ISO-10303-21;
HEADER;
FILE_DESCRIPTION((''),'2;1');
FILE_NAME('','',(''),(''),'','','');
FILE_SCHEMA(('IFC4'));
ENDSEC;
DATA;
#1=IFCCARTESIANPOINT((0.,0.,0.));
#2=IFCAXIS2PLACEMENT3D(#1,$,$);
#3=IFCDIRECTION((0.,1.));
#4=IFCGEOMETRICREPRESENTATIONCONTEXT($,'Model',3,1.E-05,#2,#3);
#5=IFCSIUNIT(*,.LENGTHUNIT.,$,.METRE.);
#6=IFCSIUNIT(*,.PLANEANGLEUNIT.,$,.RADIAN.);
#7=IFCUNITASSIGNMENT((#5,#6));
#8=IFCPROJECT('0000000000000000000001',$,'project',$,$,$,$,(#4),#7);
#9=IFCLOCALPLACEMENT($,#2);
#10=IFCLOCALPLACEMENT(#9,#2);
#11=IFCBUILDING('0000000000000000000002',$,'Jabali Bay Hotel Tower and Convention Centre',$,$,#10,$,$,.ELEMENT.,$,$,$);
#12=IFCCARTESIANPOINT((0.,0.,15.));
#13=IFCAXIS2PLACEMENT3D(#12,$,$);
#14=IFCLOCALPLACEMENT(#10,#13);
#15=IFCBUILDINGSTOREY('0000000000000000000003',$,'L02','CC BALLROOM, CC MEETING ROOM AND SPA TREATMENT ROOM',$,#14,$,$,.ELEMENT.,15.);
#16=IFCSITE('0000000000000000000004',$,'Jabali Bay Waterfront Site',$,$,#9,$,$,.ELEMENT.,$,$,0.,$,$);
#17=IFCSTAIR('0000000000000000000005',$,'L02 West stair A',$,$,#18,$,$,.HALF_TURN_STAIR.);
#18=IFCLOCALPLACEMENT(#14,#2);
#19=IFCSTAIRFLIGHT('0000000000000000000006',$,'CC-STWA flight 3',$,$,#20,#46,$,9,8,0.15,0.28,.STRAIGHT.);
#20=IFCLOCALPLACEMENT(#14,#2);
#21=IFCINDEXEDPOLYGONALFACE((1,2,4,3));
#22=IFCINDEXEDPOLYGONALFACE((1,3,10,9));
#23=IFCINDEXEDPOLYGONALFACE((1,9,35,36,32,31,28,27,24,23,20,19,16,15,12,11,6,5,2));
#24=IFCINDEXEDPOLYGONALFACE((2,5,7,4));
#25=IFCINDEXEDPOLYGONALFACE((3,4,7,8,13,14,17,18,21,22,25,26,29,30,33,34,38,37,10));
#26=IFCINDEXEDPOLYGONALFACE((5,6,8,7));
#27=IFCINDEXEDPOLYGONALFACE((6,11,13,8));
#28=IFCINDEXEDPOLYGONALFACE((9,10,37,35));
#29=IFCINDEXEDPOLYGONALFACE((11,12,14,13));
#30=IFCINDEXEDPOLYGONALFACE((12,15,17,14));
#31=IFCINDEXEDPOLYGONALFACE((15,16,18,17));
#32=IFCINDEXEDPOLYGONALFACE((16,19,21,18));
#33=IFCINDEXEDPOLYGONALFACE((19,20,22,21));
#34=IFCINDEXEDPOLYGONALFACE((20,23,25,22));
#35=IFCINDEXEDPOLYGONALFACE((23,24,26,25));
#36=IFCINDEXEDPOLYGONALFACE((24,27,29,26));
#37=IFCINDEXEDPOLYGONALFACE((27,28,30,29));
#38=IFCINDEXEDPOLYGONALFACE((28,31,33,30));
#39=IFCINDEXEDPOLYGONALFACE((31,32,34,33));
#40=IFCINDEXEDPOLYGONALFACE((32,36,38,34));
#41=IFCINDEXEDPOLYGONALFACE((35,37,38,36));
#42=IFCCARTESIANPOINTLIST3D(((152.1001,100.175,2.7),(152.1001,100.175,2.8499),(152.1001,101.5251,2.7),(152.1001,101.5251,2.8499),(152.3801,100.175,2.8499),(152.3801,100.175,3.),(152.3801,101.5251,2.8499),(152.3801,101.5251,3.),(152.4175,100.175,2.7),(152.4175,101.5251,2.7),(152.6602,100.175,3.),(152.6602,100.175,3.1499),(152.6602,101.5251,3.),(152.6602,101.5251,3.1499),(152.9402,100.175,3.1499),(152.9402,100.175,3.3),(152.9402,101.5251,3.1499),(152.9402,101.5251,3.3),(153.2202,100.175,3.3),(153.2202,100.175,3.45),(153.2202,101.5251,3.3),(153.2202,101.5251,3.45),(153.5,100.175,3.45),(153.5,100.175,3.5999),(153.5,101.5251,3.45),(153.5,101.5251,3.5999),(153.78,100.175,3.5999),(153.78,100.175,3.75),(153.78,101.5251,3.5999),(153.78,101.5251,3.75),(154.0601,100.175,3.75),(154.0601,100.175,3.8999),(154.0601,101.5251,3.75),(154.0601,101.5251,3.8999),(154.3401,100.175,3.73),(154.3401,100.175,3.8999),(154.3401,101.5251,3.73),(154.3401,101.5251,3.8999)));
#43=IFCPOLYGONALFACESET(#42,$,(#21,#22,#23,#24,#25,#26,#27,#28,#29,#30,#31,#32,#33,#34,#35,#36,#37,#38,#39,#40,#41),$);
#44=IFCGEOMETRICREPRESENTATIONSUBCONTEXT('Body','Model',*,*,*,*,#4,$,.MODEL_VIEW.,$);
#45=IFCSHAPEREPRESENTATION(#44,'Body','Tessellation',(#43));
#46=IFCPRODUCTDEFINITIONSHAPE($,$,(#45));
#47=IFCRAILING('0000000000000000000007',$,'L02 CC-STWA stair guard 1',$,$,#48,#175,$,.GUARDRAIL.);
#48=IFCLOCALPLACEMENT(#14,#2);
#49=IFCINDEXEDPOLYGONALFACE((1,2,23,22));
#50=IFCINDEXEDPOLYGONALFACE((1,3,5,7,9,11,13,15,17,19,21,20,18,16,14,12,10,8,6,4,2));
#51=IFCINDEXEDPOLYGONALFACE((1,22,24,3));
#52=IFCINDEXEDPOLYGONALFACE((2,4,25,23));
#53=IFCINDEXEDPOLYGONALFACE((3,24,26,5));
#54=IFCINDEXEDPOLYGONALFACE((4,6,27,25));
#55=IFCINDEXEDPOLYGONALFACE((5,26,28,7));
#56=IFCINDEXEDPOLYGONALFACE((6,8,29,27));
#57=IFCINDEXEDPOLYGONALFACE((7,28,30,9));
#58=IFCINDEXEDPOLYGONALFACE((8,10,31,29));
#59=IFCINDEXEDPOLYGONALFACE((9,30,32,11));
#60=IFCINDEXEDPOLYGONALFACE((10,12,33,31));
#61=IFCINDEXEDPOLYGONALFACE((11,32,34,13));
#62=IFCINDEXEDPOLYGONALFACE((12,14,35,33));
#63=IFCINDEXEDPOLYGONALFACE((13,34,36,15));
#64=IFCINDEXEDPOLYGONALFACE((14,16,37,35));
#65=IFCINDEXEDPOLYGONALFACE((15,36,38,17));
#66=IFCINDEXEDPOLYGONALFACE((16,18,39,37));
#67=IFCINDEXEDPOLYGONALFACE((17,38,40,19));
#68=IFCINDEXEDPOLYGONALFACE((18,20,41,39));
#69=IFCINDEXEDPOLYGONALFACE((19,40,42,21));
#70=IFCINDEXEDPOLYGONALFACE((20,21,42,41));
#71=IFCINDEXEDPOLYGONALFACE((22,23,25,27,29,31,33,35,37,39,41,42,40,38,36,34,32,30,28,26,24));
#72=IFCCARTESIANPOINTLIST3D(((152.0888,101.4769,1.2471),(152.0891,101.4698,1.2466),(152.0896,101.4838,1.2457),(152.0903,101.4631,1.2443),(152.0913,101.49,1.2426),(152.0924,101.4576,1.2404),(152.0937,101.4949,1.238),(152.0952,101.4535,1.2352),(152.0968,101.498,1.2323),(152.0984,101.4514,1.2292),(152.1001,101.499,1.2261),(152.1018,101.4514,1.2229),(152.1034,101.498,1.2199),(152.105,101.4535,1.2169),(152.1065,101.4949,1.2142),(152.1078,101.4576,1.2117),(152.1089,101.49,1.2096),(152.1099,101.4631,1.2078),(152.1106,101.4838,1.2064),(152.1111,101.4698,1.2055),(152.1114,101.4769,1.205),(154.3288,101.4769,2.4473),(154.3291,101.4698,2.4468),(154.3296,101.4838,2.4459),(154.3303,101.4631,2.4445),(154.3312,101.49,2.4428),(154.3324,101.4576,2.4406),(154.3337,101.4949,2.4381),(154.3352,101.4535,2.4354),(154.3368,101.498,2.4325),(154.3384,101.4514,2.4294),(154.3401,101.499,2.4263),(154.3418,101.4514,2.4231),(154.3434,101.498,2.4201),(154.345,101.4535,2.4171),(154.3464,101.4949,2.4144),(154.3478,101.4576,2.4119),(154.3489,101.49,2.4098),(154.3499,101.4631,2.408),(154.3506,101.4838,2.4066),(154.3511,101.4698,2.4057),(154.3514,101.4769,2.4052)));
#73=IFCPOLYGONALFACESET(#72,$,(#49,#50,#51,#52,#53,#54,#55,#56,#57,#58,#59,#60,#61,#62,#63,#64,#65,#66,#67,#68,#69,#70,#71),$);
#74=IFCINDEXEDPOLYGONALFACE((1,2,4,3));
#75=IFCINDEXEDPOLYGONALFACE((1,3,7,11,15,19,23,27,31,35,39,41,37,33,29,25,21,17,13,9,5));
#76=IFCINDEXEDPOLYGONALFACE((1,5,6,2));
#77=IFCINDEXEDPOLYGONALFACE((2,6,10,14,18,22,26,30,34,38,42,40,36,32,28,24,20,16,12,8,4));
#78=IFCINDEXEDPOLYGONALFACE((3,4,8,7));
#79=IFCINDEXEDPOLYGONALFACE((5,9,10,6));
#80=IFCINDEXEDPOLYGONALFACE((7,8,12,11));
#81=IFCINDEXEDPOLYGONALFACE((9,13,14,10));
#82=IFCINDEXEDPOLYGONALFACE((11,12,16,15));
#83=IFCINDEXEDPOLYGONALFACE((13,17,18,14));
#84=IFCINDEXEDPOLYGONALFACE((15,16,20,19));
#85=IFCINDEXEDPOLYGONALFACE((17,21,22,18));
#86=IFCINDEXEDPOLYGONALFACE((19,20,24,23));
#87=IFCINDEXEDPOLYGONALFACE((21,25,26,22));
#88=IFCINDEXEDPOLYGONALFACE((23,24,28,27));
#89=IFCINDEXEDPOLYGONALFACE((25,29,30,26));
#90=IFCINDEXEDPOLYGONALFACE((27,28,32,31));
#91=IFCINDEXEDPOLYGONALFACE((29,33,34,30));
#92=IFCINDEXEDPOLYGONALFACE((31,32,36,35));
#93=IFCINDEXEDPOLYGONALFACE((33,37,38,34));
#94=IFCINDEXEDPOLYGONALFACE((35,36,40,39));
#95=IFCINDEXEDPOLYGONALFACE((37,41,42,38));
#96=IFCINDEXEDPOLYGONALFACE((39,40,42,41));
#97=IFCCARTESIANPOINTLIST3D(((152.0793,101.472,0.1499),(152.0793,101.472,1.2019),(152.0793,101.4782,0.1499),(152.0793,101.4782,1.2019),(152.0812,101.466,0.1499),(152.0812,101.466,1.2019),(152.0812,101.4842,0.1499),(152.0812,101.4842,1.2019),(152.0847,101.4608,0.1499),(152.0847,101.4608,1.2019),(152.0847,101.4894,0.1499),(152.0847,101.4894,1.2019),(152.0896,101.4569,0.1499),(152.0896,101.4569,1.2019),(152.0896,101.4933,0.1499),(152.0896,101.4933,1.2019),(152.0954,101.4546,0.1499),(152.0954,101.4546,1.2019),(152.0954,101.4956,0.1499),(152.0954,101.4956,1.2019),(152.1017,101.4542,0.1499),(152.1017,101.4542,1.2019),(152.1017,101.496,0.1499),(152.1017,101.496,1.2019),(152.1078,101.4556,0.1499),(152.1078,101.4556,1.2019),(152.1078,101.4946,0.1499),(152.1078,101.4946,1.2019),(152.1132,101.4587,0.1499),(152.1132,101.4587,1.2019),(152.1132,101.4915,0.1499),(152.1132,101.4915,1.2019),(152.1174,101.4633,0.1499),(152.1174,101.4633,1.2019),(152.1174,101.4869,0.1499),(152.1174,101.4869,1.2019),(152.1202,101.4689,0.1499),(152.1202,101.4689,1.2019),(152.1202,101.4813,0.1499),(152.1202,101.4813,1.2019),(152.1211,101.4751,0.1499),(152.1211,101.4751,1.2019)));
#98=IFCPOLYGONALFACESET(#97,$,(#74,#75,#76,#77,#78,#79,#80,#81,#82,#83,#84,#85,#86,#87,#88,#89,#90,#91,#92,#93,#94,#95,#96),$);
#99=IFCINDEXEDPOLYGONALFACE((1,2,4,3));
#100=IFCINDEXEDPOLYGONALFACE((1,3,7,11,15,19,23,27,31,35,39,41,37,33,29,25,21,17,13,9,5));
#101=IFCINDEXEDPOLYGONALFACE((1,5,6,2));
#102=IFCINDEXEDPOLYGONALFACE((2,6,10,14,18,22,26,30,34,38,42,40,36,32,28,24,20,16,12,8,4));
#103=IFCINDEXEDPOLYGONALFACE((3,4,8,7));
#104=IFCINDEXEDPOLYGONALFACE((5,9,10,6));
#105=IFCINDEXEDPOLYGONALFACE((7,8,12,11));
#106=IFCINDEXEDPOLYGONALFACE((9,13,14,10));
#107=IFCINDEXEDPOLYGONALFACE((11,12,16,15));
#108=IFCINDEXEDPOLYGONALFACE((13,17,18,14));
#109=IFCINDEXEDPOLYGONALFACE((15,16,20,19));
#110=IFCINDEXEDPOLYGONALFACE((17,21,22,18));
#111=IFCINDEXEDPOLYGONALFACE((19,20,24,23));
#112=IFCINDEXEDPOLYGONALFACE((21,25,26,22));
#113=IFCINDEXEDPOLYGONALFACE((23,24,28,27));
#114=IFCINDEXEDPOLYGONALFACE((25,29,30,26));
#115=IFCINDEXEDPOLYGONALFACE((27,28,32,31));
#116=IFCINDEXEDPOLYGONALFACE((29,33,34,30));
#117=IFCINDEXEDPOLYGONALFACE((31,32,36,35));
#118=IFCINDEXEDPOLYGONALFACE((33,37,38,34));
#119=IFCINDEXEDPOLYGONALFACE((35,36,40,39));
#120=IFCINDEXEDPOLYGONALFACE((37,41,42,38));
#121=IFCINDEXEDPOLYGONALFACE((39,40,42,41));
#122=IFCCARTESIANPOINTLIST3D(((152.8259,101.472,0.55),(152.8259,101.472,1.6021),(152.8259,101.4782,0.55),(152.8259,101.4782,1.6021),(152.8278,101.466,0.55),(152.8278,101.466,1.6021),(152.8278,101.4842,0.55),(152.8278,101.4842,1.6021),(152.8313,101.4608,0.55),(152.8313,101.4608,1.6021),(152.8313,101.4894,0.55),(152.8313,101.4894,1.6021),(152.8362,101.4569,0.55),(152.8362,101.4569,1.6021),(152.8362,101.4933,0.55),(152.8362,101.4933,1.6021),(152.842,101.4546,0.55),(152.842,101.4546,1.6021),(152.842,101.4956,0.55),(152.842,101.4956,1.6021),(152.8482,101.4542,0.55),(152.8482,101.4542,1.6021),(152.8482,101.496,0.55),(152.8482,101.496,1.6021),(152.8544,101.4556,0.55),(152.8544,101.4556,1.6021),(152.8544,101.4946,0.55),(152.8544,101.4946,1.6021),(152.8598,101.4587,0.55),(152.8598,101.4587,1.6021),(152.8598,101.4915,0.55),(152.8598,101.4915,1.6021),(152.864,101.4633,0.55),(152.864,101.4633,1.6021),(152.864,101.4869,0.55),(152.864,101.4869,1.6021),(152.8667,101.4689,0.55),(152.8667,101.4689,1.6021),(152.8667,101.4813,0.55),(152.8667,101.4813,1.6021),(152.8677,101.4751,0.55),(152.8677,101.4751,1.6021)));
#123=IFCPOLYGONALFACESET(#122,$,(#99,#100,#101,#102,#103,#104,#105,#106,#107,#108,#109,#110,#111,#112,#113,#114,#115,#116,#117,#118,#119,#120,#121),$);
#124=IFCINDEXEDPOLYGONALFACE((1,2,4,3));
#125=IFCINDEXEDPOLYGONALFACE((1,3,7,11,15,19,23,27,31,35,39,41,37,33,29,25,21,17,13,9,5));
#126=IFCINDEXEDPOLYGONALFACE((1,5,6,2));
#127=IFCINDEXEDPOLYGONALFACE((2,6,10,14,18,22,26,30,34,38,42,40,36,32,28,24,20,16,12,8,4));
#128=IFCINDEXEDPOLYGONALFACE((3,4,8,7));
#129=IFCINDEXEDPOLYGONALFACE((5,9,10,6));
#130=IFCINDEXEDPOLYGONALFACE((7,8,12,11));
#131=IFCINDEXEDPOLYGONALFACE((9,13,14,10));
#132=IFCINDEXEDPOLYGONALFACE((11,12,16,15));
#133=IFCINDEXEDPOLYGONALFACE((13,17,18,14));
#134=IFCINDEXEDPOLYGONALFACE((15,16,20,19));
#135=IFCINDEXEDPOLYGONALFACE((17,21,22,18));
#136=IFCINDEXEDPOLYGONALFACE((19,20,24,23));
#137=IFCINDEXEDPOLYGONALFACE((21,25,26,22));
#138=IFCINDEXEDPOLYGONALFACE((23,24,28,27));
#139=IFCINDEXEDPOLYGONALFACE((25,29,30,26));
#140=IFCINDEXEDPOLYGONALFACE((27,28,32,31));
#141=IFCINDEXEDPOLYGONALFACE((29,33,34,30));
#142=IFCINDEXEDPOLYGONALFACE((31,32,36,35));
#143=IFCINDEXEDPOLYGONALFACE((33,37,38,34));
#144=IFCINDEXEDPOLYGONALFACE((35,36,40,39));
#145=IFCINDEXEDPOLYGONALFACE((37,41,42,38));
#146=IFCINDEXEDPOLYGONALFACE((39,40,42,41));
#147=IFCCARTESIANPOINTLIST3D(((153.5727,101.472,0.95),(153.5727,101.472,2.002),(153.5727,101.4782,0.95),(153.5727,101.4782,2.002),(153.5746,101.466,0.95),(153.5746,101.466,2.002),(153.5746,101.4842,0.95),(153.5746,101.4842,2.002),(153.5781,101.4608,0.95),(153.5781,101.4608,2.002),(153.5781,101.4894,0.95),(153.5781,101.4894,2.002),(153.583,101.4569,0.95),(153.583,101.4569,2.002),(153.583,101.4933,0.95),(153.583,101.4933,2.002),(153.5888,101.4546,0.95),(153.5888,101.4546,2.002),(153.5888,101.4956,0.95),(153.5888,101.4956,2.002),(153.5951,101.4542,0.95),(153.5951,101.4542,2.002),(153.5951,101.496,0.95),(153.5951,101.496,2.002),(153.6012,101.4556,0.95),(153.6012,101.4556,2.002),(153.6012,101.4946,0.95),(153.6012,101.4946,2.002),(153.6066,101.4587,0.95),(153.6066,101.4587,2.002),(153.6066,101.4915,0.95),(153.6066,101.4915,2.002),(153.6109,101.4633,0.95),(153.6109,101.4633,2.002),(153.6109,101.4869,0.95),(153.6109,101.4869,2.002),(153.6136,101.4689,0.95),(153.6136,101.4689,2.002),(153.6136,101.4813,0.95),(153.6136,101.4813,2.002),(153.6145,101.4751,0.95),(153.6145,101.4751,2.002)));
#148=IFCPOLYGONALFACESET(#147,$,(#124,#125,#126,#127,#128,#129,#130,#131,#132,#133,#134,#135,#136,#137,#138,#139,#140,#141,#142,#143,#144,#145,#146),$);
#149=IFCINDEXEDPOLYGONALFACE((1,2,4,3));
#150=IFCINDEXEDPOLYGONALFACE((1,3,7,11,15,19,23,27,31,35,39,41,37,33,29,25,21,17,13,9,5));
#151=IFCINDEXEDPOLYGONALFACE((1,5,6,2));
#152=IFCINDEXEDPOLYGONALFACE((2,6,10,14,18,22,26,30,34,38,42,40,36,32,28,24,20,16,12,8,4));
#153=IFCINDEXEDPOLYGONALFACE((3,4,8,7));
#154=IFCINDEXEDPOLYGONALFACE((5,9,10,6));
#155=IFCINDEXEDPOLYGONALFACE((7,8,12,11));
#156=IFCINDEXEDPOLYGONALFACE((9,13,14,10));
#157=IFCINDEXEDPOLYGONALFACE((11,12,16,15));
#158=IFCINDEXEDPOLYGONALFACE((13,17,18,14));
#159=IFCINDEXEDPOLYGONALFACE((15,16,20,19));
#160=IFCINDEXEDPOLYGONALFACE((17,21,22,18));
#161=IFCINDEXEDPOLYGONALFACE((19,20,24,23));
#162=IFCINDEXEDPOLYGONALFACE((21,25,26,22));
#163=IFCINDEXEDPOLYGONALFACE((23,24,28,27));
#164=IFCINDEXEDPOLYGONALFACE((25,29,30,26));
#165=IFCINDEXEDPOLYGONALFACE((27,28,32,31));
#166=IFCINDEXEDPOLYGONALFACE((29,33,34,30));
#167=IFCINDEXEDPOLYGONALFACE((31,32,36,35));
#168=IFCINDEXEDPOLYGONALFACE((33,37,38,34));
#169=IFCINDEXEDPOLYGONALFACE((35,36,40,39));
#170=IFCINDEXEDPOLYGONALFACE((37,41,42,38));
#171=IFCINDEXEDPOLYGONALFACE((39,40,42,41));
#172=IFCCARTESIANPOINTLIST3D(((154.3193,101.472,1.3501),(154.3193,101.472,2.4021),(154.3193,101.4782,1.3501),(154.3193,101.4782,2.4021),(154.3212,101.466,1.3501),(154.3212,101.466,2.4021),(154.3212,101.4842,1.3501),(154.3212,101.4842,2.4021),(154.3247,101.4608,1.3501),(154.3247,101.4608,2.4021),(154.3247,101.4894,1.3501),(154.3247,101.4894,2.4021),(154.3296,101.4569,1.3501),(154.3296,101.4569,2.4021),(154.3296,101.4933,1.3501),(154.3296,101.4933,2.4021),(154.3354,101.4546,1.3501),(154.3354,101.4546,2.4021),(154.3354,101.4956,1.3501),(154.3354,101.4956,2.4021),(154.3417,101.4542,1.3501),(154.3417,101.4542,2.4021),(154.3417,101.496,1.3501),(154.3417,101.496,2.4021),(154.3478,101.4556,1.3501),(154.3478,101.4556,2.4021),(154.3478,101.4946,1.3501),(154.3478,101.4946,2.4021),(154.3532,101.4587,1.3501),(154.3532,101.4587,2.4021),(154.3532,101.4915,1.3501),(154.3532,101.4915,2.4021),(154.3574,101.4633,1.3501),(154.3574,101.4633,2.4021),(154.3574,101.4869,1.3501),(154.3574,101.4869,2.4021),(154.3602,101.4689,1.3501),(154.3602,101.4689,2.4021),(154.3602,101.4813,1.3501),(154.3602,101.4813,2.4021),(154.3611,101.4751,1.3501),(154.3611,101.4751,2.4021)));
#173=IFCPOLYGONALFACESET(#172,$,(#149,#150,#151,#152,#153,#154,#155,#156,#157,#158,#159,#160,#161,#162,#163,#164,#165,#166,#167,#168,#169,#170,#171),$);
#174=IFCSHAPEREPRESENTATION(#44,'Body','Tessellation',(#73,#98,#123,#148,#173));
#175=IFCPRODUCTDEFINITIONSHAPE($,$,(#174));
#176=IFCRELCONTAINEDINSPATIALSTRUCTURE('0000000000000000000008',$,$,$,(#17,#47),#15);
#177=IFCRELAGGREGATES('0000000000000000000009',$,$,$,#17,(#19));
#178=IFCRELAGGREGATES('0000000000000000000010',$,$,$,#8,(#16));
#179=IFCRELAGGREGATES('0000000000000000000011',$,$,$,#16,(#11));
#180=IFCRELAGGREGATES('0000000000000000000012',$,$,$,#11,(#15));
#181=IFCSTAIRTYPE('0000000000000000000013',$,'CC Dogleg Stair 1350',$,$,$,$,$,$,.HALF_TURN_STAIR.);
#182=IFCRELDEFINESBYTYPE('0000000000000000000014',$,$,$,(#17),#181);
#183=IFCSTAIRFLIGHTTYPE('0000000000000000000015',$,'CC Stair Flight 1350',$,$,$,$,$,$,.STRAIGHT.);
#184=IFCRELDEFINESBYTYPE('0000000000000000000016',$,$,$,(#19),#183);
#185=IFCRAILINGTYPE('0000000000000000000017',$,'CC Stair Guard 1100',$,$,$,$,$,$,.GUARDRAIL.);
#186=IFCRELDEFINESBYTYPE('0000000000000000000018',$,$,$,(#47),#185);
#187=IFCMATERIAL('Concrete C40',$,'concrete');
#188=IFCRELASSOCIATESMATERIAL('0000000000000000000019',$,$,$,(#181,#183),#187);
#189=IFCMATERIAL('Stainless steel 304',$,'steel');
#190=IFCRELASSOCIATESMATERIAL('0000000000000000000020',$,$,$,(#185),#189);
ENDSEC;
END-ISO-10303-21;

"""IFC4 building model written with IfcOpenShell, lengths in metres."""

from ifc_helpers import new_model, si_unit, direction, frame, origin, origin_2d, place, context, subcontext, project, spatial, polyline, circle, outline, extrude, material, type_object, element, aggregate, save


model = new_model("IFC4")

# Units and contexts
model_context = context("Model", 3, precision=1e-05, world=origin(), true_north=direction((0.0, 1.0)))
body_context = subcontext(model_context, "Body", "Model", "MODEL_VIEW")
ifc_project = project(units=[si_unit("LENGTHUNIT", "METRE"), si_unit("PLANEANGLEUNIT", "RADIAN")], contexts=[model_context])

# Site, building, storey
site_placement = place(None, origin())
site = spatial("IfcSite", under=ifc_project, at=site_placement, Name="Jabali Bay Waterfront Site", CompositionType="ELEMENT", RefElevation=0.0)
building_placement = place(site_placement, origin())
building = spatial("IfcBuilding", under=site, at=building_placement, Name="Jabali Bay Hotel Tower and Convention Centre", CompositionType="ELEMENT")
storey_placement = place(building_placement, frame((0.0, 0.0, 15.0)))
storey = spatial("IfcBuildingStorey", under=building, at=storey_placement, Name="L02", Description="CC BALLROOM, CC MEETING ROOM AND SPA TREATMENT ROOM", CompositionType="ELEMENT", Elevation=15.0)

# Shared definitions
ifc_material_1 = material(Name="Concrete C40", Category="concrete")

# Stair, stair flight
stair_type = type_object("IfcStairType", Name="CC Dogleg Stair 1350", PredefinedType="HALF_TURN_STAIR", material=ifc_material_1)
stair_placement = place(storey_placement, origin())
stair = element("IfcStair", 1, at=stair_placement, inside=storey, type_object=stair_type, Name="L02 West stair A", PredefinedType="HALF_TURN_STAIR")
stair_flight_type = type_object("IfcStairFlightType", Name="CC Stair Flight 1350", PredefinedType="STRAIGHT", material=ifc_material_1)
stair_flight_1_placement = place(storey_placement, frame((152.1001, 100.8501, 2.7), z_axis=(0.0, 0.0, 1.0), x_axis=(1.0, 0.0, 0.0)))
stair_flight_1 = element("IfcStairFlight", 2, at=stair_flight_1_placement, type_object=stair_flight_type, Name="CC-STWA flight 3", NumberOfRisers=9, NumberOfTreads=8, PredefinedType="STRAIGHT", RiserHeight=0.15, TreadLength=0.28, context=body_context, shape_type="SweptSolid", body=[
    extrude(outline(polyline([(0.0, 0.0), (0.0, 0.1499), (0.28, 0.1499), (0.28, 0.3), (0.5601, 0.3), (0.5601, 0.45), (0.8401, 0.45), (0.8401, 0.6001), (1.1201, 0.6001), (1.1201, 0.75), (1.3999, 0.75), (1.3999, 0.8999), (1.6799, 0.8999), (1.6799, 1.05), (1.96, 1.05), (1.96, 1.2), (2.24, 1.2), (2.24, 1.3501), (2.24, 1.03), (0.3174, 0.0), (0.0, 0.0)])), frame((0.0, 0.675, 0.0), z_axis=(0.0, -1.0, 0.0), x_axis=(1.0, 0.0, 0.0)), (0.0, 0.0, 1.0), 1.3501),
])
aggregate(stair, [stair_flight_1])

# Railing
ifc_material_2 = material(Name="Stainless steel 304", Category="steel")
railing_type_1 = type_object("IfcRailingType", Name="CC Stair Guard 1100", PredefinedType="GUARDRAIL", material=ifc_material_2)
railing_1_placement = place(storey_placement, frame((152.1001, 101.4751, 0.1499)))
element("IfcRailing", 3, at=railing_1_placement, inside=storey, type_object=railing_type_1, Name="L02 CC-STWA stair guard 1", PredefinedType="GUARDRAIL", context=body_context, shape_type="SweptSolid", body=[
    extrude(circle(Radius=0.0239, at=origin_2d()), frame((0.0, 0.0, 1.0762), z_axis=(0.881447, 0.0, 0.472283), x_axis=(0.0, 1.0, 0.0)), (0.0, 0.0, 1.0), 2.5413),
    extrude(circle(Radius=0.021, at=origin_2d()), origin(), (0.0, 0.0, 1.0), 1.052),
    extrude(circle(Radius=0.021, at=origin_2d()), frame((0.7466, 0.0, 0.4001)), (0.0, 0.0, 1.0), 1.052),
    extrude(circle(Radius=0.021, at=origin_2d()), frame((1.4934, 0.0, 0.8)), (0.0, 0.0, 1.0), 1.052),
    extrude(circle(Radius=0.021, at=origin_2d()), frame((2.24, 0.0, 1.2002)), (0.0, 0.0, 1.0), 1.052),
])

save(model, "model.ifc")
